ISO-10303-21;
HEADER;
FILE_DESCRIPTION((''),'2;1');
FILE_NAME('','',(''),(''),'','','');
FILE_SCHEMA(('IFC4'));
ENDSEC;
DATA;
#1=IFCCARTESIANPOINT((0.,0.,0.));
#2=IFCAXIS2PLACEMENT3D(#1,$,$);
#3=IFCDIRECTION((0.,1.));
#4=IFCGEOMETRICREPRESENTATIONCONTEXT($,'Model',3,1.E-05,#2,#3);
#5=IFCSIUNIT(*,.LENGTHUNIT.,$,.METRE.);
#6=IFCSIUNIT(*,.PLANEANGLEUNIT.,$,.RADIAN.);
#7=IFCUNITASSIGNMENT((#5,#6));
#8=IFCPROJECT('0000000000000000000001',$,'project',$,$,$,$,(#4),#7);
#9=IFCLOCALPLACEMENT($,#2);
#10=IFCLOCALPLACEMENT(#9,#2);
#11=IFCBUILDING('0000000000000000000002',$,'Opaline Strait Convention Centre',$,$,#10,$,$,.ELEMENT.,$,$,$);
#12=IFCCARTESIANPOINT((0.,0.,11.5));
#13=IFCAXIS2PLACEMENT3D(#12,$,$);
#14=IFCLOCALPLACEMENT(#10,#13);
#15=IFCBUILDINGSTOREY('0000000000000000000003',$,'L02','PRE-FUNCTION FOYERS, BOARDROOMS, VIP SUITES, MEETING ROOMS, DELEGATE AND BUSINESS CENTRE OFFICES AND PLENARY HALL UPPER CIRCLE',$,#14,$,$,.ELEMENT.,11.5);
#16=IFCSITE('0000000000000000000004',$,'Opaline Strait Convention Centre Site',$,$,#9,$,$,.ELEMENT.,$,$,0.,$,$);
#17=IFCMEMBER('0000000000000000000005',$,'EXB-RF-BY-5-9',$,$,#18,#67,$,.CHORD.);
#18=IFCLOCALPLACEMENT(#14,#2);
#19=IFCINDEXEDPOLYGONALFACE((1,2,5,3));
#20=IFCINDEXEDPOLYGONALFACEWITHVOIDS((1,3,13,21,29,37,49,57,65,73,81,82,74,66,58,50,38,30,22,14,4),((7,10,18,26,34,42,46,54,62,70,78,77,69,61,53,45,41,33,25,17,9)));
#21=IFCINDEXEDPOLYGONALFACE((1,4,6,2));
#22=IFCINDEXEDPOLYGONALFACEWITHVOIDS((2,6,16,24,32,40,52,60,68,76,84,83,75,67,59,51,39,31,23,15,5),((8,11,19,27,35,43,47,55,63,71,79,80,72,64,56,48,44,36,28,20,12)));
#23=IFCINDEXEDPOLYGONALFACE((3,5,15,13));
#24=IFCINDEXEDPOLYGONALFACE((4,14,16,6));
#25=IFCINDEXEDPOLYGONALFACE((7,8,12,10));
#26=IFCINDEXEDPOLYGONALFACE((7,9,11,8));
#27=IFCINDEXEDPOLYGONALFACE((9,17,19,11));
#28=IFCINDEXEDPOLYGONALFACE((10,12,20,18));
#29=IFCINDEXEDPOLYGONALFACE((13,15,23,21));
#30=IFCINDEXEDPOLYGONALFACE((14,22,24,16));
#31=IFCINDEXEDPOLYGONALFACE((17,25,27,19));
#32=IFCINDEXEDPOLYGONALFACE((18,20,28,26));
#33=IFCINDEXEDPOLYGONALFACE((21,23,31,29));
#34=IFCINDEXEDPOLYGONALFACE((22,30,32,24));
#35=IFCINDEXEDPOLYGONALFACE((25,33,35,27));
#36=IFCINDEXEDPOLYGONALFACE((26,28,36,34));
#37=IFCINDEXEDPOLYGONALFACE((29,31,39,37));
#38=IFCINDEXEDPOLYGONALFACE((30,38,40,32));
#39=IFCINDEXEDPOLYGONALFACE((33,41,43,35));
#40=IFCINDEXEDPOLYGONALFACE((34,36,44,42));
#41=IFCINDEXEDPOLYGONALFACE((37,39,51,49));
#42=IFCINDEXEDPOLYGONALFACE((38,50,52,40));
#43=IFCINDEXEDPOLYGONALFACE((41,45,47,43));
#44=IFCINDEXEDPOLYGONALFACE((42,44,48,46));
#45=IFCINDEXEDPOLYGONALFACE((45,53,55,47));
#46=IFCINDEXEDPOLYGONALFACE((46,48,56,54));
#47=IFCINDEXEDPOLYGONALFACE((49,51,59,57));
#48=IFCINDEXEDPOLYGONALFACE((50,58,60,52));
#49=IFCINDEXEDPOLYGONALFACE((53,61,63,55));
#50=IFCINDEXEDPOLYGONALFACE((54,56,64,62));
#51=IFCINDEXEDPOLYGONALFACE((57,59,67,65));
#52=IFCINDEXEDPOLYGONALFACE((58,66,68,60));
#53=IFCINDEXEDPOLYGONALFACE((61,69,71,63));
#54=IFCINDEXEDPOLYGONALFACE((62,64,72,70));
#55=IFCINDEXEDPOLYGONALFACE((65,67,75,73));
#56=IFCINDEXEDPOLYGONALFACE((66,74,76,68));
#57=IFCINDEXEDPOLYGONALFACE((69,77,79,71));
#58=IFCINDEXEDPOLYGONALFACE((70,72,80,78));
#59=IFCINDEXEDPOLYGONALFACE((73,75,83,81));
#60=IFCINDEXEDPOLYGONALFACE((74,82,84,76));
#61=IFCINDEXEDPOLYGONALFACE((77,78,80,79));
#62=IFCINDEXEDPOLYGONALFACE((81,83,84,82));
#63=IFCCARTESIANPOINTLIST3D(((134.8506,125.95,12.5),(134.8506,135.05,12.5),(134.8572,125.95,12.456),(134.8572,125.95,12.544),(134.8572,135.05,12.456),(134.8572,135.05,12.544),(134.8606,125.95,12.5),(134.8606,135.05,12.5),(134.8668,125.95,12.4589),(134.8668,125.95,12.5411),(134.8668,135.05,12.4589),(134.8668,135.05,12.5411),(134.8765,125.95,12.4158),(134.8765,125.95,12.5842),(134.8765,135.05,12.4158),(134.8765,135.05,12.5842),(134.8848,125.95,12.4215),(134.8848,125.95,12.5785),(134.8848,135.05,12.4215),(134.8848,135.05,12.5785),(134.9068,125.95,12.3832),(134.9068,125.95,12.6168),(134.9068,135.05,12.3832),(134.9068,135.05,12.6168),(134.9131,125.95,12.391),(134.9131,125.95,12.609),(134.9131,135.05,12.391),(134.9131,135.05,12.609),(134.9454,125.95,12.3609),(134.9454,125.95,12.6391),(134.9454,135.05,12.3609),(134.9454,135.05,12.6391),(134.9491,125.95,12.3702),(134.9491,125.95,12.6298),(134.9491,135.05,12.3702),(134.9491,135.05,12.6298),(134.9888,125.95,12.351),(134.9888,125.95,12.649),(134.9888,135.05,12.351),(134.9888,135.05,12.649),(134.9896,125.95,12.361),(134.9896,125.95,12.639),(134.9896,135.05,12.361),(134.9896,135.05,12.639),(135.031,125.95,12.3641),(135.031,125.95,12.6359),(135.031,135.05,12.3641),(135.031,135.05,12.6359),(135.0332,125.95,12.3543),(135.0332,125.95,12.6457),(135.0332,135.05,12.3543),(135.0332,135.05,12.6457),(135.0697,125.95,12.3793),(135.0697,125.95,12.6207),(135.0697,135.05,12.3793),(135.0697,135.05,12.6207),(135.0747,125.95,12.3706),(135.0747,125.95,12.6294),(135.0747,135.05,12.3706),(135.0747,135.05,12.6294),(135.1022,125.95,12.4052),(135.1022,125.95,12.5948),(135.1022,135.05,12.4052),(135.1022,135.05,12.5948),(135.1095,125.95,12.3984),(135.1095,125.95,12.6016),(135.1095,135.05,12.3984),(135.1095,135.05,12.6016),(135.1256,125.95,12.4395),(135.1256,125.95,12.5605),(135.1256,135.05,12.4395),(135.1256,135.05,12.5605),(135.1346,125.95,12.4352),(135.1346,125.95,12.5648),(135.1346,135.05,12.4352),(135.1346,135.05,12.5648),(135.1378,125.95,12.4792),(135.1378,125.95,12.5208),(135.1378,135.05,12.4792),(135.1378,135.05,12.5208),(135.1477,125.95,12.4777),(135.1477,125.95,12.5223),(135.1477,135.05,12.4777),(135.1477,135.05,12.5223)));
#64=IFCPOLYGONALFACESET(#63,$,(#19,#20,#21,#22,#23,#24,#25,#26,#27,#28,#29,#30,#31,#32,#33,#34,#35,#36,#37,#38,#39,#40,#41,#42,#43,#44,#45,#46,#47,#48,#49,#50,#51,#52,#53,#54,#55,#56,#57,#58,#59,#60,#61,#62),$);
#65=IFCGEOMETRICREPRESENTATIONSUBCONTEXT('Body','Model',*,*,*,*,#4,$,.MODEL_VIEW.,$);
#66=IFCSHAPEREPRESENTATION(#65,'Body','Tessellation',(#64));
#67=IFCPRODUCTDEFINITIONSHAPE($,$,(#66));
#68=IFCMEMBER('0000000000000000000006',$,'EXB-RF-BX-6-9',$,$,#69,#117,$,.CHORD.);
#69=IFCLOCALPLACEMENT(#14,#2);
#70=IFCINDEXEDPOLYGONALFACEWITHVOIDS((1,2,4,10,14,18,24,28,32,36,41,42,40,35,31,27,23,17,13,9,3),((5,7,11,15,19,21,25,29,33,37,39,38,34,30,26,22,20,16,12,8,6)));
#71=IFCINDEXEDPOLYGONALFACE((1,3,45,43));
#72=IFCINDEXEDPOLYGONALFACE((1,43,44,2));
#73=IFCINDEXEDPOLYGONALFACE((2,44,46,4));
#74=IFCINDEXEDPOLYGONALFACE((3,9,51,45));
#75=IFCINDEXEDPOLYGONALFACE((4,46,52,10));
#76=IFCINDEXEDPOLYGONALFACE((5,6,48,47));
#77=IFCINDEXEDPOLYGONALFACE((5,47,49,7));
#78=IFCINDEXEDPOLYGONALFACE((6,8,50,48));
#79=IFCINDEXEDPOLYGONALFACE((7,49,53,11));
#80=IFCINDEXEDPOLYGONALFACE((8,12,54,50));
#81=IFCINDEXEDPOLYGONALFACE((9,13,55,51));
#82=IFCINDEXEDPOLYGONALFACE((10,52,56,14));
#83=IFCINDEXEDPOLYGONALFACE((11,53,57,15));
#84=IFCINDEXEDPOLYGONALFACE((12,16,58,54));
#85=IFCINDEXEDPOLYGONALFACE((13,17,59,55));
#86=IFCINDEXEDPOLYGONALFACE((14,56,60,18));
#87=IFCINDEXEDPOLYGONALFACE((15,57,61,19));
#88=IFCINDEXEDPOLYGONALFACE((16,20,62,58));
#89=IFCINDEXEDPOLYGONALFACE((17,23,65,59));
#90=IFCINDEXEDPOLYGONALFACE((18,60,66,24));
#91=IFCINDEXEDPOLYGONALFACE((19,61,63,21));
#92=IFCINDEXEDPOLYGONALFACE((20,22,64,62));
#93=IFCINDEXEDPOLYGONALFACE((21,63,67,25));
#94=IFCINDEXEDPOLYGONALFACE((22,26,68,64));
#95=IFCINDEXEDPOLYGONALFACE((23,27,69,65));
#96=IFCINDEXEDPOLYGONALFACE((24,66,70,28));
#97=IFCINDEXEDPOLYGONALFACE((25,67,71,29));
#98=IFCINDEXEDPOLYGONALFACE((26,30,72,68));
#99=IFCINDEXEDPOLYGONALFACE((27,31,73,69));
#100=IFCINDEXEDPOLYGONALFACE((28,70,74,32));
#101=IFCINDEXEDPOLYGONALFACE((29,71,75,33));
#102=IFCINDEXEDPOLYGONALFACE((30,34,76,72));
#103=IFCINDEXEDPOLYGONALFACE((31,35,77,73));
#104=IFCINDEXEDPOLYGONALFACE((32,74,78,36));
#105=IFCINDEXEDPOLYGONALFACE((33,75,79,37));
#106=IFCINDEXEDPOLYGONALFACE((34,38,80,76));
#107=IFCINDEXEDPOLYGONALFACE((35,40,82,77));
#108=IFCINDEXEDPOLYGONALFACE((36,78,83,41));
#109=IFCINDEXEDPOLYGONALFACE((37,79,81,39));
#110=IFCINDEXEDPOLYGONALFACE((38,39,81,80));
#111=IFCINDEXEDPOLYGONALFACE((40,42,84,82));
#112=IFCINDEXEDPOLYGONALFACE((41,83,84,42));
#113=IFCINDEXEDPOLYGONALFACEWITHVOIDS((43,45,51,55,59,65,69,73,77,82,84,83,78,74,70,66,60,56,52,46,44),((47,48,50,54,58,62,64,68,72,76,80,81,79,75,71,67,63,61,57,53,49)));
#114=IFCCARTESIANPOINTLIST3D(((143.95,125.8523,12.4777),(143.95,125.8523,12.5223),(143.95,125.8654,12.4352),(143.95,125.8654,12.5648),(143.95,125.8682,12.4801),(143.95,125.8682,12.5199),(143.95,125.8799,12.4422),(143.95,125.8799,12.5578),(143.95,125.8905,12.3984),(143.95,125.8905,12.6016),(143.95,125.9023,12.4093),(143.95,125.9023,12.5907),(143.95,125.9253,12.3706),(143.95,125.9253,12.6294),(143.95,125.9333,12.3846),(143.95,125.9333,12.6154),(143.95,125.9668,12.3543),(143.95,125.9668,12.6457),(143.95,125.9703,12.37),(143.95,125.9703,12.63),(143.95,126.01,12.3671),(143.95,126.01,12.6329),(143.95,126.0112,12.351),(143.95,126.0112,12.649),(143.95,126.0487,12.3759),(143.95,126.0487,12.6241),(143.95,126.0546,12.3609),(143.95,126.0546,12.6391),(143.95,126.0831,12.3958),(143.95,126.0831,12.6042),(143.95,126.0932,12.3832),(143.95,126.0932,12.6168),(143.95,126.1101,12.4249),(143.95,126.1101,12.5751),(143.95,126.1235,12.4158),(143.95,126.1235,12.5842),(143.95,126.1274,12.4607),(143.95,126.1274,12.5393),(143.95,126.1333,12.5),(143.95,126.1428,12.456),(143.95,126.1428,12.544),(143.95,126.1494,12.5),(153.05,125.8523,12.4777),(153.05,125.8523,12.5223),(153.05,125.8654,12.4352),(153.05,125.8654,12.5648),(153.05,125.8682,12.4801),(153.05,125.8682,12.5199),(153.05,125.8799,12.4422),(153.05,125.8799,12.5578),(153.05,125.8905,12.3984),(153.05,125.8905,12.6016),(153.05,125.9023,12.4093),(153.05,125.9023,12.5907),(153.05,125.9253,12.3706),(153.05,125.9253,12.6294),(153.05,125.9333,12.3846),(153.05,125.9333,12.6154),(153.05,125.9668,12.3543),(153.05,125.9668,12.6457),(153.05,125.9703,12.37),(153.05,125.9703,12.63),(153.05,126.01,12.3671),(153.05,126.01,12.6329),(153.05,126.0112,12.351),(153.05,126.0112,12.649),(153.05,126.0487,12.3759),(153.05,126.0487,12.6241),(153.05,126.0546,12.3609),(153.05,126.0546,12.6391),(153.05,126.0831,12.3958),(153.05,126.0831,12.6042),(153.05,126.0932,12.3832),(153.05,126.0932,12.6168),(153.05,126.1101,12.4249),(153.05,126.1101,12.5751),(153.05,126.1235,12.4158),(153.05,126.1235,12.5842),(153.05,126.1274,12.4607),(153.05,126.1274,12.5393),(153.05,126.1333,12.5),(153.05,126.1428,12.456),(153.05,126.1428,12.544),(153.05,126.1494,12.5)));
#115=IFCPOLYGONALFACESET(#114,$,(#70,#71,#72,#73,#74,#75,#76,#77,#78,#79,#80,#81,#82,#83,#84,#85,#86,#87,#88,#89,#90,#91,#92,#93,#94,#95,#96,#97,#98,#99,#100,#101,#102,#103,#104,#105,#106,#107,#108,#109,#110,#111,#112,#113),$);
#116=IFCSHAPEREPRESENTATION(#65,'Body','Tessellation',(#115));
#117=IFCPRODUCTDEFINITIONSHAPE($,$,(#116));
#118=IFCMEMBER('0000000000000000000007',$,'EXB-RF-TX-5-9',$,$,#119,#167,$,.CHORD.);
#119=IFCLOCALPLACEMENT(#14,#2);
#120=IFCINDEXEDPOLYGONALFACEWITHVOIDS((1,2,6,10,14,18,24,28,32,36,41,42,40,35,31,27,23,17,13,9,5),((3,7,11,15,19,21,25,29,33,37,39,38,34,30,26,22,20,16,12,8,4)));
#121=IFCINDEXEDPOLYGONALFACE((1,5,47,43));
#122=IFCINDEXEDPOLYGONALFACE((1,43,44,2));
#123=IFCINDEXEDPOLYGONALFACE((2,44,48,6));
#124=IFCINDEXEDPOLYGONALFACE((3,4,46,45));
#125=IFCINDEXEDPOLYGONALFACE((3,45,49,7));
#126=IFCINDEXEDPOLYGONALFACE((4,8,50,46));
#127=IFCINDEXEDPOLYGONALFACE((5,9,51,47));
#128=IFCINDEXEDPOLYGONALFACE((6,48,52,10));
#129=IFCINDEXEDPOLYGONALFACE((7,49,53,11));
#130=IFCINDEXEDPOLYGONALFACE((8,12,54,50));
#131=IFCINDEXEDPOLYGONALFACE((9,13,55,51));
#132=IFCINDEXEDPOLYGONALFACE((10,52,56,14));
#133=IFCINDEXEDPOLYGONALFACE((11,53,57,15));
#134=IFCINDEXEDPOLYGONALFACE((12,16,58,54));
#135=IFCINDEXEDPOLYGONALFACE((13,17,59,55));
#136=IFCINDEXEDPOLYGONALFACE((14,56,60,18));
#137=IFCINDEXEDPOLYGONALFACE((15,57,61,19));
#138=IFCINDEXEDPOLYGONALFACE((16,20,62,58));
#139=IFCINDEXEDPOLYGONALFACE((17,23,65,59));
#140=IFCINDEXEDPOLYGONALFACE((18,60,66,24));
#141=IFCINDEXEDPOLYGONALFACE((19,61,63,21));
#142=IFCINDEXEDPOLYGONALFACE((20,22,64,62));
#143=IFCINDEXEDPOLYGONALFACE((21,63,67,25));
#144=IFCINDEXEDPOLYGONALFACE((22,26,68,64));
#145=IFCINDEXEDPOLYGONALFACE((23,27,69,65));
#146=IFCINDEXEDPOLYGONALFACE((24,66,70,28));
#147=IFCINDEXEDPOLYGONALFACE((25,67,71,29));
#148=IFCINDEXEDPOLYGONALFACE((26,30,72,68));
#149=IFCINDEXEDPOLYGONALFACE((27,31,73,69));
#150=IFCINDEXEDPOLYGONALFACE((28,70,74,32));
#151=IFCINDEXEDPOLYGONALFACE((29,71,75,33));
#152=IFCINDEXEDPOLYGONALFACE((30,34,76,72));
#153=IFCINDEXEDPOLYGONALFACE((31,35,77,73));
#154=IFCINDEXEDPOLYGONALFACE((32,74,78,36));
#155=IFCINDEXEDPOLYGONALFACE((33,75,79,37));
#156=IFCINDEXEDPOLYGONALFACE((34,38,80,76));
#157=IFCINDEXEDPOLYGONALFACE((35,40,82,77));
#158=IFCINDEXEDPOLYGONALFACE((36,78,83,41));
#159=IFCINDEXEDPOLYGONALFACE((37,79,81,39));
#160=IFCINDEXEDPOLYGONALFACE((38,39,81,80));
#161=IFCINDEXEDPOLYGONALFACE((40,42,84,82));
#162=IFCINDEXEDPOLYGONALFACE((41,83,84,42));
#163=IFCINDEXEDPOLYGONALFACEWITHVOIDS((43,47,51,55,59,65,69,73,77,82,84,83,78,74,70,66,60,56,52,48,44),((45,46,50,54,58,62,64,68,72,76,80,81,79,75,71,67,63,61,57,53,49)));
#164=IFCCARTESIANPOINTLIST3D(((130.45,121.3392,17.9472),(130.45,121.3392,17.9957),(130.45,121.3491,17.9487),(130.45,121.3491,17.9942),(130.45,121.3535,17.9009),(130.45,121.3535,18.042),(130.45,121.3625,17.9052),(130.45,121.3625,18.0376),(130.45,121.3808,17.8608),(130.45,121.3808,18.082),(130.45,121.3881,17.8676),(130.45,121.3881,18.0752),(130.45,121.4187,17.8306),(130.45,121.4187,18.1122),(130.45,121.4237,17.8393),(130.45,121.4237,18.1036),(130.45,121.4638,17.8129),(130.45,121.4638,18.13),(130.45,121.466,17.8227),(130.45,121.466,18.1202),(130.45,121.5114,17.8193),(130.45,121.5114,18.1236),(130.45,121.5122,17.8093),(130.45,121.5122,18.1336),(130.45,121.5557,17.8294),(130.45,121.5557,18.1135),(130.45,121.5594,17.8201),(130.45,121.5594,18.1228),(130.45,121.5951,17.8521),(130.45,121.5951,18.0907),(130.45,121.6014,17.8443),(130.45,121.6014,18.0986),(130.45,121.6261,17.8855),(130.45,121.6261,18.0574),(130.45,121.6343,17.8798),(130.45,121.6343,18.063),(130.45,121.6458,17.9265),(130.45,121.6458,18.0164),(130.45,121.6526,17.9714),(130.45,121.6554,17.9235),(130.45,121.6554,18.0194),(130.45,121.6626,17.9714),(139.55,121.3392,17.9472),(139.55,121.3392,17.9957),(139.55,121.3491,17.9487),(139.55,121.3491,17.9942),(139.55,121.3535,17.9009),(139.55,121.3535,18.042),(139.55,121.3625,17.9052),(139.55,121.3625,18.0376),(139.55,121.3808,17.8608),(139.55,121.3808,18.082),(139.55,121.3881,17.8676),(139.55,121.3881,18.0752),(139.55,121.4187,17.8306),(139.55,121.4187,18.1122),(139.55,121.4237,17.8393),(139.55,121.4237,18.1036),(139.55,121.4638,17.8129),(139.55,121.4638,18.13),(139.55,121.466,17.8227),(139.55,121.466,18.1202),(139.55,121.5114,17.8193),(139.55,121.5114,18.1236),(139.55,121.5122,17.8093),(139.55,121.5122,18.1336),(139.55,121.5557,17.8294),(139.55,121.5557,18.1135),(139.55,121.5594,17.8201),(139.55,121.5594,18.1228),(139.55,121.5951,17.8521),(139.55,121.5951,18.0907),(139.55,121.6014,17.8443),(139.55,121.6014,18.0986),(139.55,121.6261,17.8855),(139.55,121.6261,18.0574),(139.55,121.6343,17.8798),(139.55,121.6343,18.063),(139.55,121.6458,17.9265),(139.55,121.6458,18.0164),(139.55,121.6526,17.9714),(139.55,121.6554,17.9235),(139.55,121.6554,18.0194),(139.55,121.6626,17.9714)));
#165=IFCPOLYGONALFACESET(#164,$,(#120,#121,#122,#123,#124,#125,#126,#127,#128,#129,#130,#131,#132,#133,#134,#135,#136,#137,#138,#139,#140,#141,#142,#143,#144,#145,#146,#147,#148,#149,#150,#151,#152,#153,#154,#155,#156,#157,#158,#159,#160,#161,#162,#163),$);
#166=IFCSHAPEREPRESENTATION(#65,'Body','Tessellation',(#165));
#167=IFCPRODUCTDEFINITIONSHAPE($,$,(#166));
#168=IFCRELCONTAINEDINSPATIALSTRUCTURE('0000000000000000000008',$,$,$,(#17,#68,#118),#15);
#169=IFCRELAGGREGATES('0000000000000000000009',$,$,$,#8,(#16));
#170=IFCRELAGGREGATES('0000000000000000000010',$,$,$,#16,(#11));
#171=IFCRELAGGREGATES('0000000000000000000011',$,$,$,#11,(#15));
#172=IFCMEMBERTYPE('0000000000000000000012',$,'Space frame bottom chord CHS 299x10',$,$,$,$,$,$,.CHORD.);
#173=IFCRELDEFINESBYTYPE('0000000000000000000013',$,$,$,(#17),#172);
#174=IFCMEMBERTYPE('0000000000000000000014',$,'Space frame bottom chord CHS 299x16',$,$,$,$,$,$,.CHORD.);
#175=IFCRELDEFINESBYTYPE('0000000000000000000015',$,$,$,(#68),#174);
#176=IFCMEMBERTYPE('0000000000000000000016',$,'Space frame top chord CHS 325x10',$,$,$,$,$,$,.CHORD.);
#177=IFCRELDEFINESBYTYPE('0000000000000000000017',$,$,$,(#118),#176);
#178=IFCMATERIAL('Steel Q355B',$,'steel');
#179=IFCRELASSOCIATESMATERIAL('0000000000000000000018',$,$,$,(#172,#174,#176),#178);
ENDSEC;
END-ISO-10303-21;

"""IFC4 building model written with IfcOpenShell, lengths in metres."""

from ifc_helpers import new_model, si_unit, direction, frame, origin, origin_2d, place, context, subcontext, project, spatial, hollow_circle, extrude, material, material_profile, profile_set, type_object, element, save


model = new_model("IFC4")

# Units and contexts
model_context = context("Model", 3, precision=1e-05, world=origin(), true_north=direction((0.0, 1.0)))
body_context = subcontext(model_context, "Body", "Model", "MODEL_VIEW")
ifc_project = project(units=[si_unit("LENGTHUNIT", "METRE"), si_unit("PLANEANGLEUNIT", "RADIAN")], contexts=[model_context])

# Site, building, storey
site_placement = place(None, origin())
site = spatial("IfcSite", under=ifc_project, at=site_placement, Name="Opaline Strait Convention Centre Site", CompositionType="ELEMENT", RefElevation=0.0)
building_placement = place(site_placement, origin())
building = spatial("IfcBuilding", under=site, at=building_placement, Name="Opaline Strait Convention Centre", CompositionType="ELEMENT")
storey_placement = place(building_placement, frame((0.0, 0.0, 11.5)))
storey = spatial("IfcBuildingStorey", under=building, at=storey_placement, Name="L02", Description="PRE-FUNCTION FOYERS, BOARDROOMS, VIP SUITES, MEETING ROOMS, DELEGATE AND BUSINESS CENTRE OFFICES AND PLENARY HALL UPPER CIRCLE", CompositionType="ELEMENT", Elevation=11.5)

# Members
ifc_material = material(Name="Steel Q355B", Category="steel")
ifc_material_profile_1 = material_profile(ifc_material, hollow_circle(Radius=0.1494, WallThickness=0.01, at=origin_2d()), Name="CHS 299x10")
ifc_profile_set_1 = profile_set([ifc_material_profile_1], Name="Steel Q355B")
member_type_1 = type_object("IfcMemberType", Name="Space frame bottom chord CHS 299x10", PredefinedType="CHORD", material=ifc_profile_set_1)
for number, where, z_axis, x_axis, name in (
    (1, (135.0, 125.95, 12.5), (0.0, 1.0, 0.0), (-1.0, 0.0, 0.0), "EXB-RF-BY-5-9"),
):
    element("IfcMember", number, at=place(storey_placement, frame(where, z_axis=z_axis, x_axis=x_axis)), inside=storey, type_object=member_type_1, Name=name, PredefinedType="CHORD", context=body_context, shape_type="SweptSolid", body=[
        extrude(hollow_circle(Radius=0.1494, WallThickness=0.01, at=origin_2d()), origin(), (0.0, 0.0, 1.0), 9.1001),
    ])
ifc_material_profile_2 = material_profile(ifc_material, hollow_circle(Radius=0.1494, WallThickness=0.0161, at=origin_2d()), Name="CHS 299x16")
ifc_profile_set_2 = profile_set([ifc_material_profile_2], Name="Steel Q355B")
member_type_2 = type_object("IfcMemberType", Name="Space frame bottom chord CHS 299x16", PredefinedType="CHORD", material=ifc_profile_set_2)
member_placement = place(storey_placement, frame((143.95, 126.0, 12.5), z_axis=(1.0, 0.0, 0.0), x_axis=(0.0, 1.0, 0.0)))
element("IfcMember", 2, at=member_placement, inside=storey, type_object=member_type_2, Name="EXB-RF-BX-6-9", PredefinedType="CHORD", context=body_context, shape_type="SweptSolid", body=[
    extrude(hollow_circle(Radius=0.1494, WallThickness=0.0161, at=origin_2d()), origin(), (0.0, 0.0, 1.0), 9.1001),
])
ifc_material_profile_3 = material_profile(ifc_material, hollow_circle(Radius=0.1626, WallThickness=0.01, at=origin_2d()), Name="CHS 325x10")
ifc_profile_set_3 = profile_set([ifc_material_profile_3], Name="Steel Q355B")
member_type_3 = type_object("IfcMemberType", Name="Space frame top chord CHS 325x10", PredefinedType="CHORD", material=ifc_profile_set_3)
for number, where, z_axis, x_axis, name in (
    (3, (130.45, 121.5, 17.9714), (1.0, 0.0, 0.0), (0.0, 1.0, 0.0), "EXB-RF-TX-5-9"),
):
    element("IfcMember", number, at=place(storey_placement, frame(where, z_axis=z_axis, x_axis=x_axis)), inside=storey, type_object=member_type_3, Name=name, PredefinedType="CHORD", context=body_context, shape_type="SweptSolid", body=[
        extrude(hollow_circle(Radius=0.1626, WallThickness=0.01, at=origin_2d()), origin(), (0.0, 0.0, 1.0), 9.1001),
    ])

save(model, "model.ifc")
